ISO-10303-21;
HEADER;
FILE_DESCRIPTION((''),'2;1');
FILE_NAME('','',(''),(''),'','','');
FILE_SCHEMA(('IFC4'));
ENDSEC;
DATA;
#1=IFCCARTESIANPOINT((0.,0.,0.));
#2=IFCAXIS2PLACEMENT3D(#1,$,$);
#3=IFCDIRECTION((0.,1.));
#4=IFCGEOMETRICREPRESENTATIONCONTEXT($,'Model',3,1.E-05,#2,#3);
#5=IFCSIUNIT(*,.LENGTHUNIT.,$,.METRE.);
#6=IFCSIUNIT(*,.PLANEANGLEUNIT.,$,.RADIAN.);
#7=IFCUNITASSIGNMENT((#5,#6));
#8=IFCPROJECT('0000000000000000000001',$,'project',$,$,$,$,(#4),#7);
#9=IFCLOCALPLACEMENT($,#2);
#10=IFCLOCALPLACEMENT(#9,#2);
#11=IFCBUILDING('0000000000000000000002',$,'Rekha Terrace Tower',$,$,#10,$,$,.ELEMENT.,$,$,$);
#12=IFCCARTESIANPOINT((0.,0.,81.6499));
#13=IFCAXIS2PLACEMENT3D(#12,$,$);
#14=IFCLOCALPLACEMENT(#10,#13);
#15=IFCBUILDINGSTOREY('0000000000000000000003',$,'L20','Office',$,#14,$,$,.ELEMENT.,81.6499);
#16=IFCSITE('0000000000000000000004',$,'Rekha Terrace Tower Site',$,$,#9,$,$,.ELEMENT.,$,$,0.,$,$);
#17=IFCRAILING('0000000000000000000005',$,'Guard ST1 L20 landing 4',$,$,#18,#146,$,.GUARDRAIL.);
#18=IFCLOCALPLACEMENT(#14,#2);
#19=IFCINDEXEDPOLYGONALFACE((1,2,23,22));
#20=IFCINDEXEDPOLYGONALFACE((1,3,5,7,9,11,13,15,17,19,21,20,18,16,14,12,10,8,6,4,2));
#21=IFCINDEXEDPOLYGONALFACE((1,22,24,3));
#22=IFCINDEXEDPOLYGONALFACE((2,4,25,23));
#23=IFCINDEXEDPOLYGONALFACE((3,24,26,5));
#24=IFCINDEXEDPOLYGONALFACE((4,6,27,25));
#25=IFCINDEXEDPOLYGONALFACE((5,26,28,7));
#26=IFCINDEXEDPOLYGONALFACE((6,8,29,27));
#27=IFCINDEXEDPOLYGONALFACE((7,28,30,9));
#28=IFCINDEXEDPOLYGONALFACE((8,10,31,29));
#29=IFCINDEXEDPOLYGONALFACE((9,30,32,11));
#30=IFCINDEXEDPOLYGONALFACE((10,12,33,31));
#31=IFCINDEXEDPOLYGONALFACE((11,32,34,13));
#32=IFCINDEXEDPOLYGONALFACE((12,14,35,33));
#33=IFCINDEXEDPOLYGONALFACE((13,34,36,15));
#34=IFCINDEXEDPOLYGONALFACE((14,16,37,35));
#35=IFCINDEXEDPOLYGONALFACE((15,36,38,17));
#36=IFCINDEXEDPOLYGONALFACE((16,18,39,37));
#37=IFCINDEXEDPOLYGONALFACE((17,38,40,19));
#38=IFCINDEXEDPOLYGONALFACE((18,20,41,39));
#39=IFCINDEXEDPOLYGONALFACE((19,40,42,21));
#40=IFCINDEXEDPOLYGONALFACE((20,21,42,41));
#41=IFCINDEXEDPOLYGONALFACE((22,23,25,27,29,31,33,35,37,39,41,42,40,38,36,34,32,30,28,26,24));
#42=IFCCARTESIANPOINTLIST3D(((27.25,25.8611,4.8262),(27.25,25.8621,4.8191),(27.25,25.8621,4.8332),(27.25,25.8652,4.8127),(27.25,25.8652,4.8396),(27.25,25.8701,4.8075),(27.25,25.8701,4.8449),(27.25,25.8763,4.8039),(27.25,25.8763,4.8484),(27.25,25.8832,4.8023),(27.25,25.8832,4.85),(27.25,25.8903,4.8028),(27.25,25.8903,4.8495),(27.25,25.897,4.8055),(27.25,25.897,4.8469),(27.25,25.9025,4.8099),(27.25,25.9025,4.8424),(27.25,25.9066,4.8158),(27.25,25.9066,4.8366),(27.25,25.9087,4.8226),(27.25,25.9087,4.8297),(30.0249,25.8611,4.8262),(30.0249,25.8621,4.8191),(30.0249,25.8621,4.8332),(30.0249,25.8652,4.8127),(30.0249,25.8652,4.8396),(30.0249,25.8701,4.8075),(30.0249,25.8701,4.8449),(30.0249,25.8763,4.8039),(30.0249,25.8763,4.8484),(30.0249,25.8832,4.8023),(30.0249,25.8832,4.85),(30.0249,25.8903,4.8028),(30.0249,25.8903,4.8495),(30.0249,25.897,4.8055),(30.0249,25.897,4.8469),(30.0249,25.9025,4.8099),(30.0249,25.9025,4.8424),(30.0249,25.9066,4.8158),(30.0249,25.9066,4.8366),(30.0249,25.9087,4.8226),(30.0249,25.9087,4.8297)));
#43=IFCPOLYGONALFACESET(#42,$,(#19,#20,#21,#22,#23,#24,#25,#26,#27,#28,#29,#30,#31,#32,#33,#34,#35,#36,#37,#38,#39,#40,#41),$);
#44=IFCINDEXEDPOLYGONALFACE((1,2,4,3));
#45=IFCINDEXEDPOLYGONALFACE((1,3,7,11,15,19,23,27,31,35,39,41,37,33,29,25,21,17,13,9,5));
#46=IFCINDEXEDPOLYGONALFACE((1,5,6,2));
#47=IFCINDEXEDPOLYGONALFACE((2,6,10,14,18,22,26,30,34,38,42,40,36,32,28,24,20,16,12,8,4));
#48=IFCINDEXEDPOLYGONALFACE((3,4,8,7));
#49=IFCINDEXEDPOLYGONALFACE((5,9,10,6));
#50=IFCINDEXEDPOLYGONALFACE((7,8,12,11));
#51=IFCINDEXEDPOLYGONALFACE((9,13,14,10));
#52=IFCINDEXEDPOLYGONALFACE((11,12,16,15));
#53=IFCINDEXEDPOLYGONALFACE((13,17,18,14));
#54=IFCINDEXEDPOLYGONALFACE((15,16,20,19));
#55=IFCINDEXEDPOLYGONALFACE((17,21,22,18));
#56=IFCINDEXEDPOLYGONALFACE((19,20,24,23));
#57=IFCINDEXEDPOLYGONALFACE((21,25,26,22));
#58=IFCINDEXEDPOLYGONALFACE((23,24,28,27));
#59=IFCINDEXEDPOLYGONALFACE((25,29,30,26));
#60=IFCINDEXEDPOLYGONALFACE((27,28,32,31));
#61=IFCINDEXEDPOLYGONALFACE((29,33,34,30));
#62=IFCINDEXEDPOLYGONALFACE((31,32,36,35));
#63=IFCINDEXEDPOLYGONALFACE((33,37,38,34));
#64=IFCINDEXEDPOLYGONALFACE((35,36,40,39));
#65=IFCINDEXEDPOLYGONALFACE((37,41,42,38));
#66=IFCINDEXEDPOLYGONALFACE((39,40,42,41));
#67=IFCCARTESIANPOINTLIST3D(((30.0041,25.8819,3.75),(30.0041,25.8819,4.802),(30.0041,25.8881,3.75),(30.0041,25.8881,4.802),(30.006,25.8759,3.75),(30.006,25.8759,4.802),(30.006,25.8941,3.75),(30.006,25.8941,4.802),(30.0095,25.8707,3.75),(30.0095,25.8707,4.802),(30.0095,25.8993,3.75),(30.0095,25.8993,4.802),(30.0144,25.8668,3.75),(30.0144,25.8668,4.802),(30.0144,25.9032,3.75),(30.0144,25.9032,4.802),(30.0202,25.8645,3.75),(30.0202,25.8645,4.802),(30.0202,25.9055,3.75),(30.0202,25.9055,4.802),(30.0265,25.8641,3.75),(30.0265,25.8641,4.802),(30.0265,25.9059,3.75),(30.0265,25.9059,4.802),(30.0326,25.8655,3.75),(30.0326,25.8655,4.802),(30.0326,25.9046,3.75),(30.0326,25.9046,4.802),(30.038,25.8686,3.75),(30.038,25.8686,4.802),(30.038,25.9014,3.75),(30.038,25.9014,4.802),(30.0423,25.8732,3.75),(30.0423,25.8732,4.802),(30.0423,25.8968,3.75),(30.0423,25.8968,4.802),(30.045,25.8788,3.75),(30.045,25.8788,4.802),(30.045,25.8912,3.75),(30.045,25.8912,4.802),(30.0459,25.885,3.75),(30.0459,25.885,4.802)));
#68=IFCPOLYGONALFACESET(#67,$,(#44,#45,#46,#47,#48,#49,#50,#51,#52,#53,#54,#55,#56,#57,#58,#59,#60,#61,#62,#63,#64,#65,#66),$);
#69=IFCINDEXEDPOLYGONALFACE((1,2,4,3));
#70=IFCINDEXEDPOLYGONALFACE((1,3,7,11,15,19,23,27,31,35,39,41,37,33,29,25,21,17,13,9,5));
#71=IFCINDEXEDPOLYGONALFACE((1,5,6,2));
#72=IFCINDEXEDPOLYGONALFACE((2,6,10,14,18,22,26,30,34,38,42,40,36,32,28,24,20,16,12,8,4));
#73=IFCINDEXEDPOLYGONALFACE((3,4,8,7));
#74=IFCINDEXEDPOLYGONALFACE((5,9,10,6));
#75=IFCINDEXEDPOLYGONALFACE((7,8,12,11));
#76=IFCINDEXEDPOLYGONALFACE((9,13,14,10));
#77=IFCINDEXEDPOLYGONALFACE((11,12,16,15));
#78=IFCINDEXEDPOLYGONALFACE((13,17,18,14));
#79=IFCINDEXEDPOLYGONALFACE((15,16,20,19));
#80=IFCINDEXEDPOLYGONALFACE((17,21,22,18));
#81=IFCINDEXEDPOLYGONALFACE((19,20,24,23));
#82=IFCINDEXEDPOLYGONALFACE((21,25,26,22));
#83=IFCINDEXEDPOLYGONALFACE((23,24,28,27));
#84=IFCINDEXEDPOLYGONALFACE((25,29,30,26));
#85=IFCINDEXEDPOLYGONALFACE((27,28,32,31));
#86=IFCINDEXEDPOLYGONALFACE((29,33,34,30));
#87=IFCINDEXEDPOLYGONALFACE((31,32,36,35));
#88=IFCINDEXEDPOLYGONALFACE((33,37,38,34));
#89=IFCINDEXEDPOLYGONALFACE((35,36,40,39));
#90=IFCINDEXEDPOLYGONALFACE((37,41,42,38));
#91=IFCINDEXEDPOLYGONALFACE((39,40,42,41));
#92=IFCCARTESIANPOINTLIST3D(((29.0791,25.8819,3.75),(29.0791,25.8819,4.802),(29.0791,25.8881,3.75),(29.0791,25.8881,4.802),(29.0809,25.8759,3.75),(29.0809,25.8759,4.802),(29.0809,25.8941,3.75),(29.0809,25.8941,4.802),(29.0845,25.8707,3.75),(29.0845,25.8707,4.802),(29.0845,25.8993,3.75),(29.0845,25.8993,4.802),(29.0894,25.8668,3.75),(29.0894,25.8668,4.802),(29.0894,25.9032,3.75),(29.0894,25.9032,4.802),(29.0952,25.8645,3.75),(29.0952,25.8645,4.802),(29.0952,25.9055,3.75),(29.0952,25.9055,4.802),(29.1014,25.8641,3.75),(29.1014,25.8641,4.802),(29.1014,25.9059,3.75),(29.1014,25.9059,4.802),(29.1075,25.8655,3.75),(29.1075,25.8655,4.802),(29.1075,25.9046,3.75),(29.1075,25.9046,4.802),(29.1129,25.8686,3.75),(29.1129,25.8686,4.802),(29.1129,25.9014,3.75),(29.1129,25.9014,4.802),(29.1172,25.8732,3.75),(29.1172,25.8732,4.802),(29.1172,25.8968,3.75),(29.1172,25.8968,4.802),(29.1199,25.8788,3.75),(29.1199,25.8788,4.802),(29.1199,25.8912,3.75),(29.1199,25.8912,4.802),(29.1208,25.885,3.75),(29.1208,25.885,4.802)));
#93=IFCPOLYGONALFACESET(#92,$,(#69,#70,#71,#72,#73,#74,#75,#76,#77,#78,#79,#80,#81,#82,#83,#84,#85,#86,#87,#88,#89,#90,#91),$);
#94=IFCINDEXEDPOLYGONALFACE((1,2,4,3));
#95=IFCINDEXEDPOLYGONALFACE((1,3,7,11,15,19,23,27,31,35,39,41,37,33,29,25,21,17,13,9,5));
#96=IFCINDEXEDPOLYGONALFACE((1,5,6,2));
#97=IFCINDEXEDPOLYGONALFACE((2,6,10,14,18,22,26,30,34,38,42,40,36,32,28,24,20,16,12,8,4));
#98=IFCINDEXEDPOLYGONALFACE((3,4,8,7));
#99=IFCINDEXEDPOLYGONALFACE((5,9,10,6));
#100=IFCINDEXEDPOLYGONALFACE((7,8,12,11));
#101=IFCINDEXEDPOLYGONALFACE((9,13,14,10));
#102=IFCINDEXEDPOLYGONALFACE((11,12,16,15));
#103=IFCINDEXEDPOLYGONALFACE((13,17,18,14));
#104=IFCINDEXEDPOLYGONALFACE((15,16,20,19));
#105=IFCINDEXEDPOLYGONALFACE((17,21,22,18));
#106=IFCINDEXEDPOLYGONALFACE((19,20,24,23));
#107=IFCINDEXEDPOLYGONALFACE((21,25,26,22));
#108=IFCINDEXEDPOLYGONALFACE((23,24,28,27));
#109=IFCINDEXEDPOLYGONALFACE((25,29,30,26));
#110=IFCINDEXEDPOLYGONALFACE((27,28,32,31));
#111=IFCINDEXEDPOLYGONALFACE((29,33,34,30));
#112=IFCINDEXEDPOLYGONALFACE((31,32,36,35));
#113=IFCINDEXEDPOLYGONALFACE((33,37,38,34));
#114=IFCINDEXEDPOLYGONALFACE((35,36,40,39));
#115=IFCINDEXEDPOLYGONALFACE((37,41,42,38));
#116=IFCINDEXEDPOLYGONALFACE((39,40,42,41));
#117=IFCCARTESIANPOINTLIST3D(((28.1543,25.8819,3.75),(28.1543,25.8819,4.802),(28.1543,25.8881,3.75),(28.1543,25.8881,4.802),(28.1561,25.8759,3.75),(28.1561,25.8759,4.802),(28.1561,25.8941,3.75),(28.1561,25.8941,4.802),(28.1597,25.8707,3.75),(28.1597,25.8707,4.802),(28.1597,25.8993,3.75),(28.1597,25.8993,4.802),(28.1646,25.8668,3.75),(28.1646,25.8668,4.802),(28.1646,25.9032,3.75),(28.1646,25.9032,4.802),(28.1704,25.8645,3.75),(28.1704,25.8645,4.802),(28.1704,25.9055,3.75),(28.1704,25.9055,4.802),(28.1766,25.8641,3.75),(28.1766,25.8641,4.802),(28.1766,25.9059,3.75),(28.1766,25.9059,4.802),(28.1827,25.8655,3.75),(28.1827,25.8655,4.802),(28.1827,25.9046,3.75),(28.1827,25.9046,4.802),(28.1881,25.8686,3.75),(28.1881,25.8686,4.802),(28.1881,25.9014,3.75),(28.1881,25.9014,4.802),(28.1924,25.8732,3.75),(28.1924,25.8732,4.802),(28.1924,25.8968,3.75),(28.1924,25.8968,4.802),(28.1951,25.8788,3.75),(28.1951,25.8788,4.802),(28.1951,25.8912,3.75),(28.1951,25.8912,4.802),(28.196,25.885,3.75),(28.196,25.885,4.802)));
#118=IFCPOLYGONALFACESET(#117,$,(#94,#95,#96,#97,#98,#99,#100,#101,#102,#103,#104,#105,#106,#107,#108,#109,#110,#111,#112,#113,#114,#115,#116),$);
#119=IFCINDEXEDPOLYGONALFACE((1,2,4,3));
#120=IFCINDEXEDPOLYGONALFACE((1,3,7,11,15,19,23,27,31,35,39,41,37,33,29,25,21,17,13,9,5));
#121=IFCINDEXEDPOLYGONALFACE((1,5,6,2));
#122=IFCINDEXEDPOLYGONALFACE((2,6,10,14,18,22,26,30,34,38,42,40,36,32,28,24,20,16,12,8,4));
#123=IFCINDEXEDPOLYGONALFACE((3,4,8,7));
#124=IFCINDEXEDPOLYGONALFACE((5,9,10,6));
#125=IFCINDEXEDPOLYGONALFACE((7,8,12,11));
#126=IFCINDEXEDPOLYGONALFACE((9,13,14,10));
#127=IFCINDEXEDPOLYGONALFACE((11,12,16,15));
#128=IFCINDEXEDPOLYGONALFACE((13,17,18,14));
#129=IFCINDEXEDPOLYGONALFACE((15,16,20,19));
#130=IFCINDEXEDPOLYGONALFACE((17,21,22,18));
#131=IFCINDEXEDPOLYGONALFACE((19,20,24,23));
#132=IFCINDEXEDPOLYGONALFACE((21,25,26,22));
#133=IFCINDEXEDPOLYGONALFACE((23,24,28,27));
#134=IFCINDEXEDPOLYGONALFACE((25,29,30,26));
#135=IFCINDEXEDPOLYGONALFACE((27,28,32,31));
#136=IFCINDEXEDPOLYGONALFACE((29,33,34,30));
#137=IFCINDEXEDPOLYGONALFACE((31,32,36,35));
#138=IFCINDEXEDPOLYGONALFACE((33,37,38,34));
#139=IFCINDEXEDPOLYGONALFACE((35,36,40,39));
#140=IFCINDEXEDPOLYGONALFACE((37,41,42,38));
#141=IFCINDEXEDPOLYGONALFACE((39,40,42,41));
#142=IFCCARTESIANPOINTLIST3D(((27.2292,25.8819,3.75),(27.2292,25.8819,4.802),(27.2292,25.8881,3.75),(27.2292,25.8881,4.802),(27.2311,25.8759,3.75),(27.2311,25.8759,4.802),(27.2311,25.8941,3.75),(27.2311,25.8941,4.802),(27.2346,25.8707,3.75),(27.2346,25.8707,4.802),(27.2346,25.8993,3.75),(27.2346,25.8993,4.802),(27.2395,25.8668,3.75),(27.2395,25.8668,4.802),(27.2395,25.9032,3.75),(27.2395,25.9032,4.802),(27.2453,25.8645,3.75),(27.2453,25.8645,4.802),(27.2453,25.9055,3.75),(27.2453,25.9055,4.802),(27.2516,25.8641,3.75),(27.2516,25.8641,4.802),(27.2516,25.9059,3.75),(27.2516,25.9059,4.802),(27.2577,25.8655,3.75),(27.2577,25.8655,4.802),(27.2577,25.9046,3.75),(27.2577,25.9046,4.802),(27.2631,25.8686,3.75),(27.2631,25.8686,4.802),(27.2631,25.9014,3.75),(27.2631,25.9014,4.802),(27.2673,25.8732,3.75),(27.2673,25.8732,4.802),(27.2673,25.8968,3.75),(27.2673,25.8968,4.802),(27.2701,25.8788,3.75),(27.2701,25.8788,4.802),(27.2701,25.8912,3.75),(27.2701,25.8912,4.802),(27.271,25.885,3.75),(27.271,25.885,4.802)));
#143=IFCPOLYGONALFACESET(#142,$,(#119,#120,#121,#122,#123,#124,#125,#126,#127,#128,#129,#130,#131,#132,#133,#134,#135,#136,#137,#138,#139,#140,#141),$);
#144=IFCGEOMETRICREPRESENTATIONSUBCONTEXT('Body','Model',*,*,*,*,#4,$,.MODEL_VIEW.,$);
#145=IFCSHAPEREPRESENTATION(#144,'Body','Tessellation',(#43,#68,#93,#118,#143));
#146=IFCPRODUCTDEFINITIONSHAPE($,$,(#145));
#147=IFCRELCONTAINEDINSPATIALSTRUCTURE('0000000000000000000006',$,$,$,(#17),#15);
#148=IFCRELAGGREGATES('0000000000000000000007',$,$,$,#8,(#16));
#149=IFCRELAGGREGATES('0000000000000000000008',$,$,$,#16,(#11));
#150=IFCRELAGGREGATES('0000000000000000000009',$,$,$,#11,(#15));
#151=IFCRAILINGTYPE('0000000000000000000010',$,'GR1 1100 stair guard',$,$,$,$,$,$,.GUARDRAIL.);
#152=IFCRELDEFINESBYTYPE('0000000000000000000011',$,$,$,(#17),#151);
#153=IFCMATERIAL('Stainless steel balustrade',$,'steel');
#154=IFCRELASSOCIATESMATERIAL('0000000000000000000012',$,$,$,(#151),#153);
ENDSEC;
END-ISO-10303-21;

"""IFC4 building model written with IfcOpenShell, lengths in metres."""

from ifc_helpers import new_model, si_unit, direction, frame, origin, origin_2d, place, context, subcontext, project, spatial, circle, extrude, material, type_object, element, save


model = new_model("IFC4")

# Units and contexts
model_context = context("Model", 3, precision=1e-05, world=origin(), true_north=direction((0.0, 1.0)))
body_context = subcontext(model_context, "Body", "Model", "MODEL_VIEW")
ifc_project = project(units=[si_unit("LENGTHUNIT", "METRE"), si_unit("PLANEANGLEUNIT", "RADIAN")], contexts=[model_context])

# Site, building, storey
site_placement = place(None, origin())
site = spatial("IfcSite", under=ifc_project, at=site_placement, Name="Rekha Terrace Tower Site", CompositionType="ELEMENT", RefElevation=0.0)
building_placement = place(site_placement, origin())
building = spatial("IfcBuilding", under=site, at=building_placement, Name="Rekha Terrace Tower", CompositionType="ELEMENT")
storey_placement = place(building_placement, frame((0.0, 0.0, 81.6499)))
storey = spatial("IfcBuildingStorey", under=building, at=storey_placement, Name="L20", Description="Office", CompositionType="ELEMENT", Elevation=81.6499)

# Railing
ifc_material_1 = material(Name="Stainless steel balustrade", Category="steel")
railing_type_1 = type_object("IfcRailingType", Name="GR1 1100 stair guard", PredefinedType="GUARDRAIL", material=ifc_material_1)
railing_1_placement = place(storey_placement, frame((30.0249, 25.885, 3.75)))
element("IfcRailing", 1, at=railing_1_placement, inside=storey, type_object=railing_type_1, Name="Guard ST1 L20 landing 4", PredefinedType="GUARDRAIL", context=body_context, shape_type="SweptSolid", body=[
    extrude(circle(Radius=0.0239, at=origin_2d()), frame((0.0, 0.0, 1.0762), z_axis=(-1.0, 0.0, 0.0), x_axis=(0.0, -1.0, 0.0)), (0.0, 0.0, 1.0), 2.7749),
    extrude(circle(Radius=0.021, at=origin_2d()), origin(), (0.0, 0.0, 1.0), 1.052),
    extrude(circle(Radius=0.021, at=origin_2d()), frame((-0.925, 0.0, 0.0)), (0.0, 0.0, 1.0), 1.052),
    extrude(circle(Radius=0.021, at=origin_2d()), frame((-1.8499, 0.0, 0.0)), (0.0, 0.0, 1.0), 1.052),
    extrude(circle(Radius=0.021, at=origin_2d()), frame((-2.7749, 0.0, 0.0)), (0.0, 0.0, 1.0), 1.052),
])

save(model, "model.ifc")
